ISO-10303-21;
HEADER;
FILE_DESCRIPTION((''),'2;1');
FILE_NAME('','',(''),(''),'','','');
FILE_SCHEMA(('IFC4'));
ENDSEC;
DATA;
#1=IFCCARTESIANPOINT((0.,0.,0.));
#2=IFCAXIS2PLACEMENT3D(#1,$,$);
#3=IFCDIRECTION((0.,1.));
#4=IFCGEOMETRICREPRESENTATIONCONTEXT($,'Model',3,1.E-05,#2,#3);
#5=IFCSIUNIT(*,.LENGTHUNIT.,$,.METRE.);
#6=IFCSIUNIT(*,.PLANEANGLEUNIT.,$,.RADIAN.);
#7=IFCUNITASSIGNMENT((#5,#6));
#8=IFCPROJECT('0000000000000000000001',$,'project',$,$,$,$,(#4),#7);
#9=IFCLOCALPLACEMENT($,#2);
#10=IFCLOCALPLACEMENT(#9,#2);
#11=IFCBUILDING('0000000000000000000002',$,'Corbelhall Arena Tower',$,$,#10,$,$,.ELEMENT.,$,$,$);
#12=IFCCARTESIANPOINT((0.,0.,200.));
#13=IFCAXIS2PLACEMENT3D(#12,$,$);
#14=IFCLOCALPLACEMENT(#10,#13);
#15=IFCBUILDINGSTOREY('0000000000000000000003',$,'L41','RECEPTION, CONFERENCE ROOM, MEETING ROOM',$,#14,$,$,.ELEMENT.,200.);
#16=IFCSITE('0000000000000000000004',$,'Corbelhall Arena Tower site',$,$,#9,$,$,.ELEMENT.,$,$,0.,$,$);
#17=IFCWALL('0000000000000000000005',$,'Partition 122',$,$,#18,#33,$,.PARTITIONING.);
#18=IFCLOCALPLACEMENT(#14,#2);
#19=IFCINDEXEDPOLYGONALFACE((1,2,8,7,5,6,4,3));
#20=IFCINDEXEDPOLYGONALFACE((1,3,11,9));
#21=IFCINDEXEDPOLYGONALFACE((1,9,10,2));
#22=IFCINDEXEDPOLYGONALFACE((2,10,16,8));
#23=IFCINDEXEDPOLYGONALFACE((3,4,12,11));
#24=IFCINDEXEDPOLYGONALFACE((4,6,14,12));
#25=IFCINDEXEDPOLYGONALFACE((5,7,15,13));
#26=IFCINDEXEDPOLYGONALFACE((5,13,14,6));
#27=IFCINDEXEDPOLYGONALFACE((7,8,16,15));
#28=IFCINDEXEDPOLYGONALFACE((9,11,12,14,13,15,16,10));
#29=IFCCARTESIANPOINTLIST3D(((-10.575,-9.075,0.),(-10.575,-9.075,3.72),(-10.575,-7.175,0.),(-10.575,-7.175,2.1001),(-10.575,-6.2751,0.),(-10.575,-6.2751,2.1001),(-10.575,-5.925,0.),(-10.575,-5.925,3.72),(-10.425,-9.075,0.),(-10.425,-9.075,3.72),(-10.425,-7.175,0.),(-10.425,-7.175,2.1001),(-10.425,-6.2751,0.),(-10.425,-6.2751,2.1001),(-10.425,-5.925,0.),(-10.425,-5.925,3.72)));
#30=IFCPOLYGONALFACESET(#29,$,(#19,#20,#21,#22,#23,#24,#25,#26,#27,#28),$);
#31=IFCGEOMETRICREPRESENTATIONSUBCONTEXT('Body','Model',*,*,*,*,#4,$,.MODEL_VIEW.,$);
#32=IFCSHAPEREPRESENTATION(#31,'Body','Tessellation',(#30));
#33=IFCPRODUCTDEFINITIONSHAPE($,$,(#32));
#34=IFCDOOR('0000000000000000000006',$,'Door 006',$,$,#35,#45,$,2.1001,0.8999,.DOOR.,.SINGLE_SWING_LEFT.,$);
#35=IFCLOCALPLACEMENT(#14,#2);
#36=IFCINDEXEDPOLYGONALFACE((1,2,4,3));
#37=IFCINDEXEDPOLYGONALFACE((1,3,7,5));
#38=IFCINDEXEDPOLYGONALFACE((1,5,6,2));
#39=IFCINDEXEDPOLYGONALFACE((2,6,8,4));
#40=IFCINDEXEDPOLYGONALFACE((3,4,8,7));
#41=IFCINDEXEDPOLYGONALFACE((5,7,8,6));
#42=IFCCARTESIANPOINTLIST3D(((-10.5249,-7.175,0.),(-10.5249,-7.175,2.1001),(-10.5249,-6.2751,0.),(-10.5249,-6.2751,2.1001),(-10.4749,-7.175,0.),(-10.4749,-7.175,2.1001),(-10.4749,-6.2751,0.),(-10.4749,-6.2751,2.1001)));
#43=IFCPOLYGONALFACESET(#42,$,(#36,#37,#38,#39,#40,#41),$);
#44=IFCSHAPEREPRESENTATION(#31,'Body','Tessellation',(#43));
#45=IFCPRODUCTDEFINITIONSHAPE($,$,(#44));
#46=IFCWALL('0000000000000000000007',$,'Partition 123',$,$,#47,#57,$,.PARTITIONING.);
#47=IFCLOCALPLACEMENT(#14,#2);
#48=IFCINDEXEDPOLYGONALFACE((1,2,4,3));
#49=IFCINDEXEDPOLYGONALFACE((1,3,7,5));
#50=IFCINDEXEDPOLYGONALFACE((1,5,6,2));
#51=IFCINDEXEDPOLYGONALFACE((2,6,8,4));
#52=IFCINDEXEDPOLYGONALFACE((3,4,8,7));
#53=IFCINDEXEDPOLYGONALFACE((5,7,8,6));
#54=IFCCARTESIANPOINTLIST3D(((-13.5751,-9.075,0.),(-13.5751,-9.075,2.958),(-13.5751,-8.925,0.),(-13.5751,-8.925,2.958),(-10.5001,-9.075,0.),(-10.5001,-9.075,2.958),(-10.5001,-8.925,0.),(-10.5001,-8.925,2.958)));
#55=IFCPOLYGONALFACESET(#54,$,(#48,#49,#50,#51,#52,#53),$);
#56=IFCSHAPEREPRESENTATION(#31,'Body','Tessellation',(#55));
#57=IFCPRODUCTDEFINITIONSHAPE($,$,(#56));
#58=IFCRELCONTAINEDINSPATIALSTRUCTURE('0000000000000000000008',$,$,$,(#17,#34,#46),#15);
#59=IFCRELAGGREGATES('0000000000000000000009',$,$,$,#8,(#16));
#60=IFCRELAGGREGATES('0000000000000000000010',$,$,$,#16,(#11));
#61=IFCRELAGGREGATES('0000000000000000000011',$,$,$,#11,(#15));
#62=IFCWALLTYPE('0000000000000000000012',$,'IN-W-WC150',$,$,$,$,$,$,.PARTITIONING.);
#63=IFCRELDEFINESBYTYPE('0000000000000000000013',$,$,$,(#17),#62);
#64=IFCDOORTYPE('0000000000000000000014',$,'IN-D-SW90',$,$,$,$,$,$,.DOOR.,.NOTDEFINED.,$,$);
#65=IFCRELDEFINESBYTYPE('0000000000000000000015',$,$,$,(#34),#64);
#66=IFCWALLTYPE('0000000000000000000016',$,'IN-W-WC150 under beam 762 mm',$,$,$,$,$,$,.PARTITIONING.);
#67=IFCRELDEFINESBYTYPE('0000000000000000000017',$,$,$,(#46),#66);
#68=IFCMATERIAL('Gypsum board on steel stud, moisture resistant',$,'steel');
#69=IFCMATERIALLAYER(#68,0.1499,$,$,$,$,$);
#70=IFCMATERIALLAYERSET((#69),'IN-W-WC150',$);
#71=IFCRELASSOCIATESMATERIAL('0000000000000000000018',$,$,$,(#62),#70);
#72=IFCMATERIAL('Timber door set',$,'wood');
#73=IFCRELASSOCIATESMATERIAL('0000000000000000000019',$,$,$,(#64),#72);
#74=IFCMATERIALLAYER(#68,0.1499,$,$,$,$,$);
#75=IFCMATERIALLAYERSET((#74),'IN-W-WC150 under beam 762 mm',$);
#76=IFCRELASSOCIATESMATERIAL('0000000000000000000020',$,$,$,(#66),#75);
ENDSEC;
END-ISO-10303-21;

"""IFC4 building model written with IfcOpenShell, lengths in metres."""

from ifc_helpers import new_model, si_unit, direction, frame, frame_2d, origin, place, context, subcontext, project, spatial, rectangle, extrude, material, layer, layer_set, type_object, element, fill, save


model = new_model("IFC4")

# Units and contexts
model_context = context("Model", 3, precision=1e-05, world=origin(), true_north=direction((0.0, 1.0)))
body_context = subcontext(model_context, "Body", "Model", "MODEL_VIEW")
ifc_project = project(units=[si_unit("LENGTHUNIT", "METRE"), si_unit("PLANEANGLEUNIT", "RADIAN")], contexts=[model_context])

# Site, building, storey
site_placement = place(None, origin())
site = spatial("IfcSite", under=ifc_project, at=site_placement, Name="Corbelhall Arena Tower site", CompositionType="ELEMENT", RefElevation=0.0)
building_placement = place(site_placement, origin())
building = spatial("IfcBuilding", under=site, at=building_placement, Name="Corbelhall Arena Tower", CompositionType="ELEMENT")
storey_placement = place(building_placement, frame((0.0, 0.0, 200.0)))
storey = spatial("IfcBuildingStorey", under=building, at=storey_placement, Name="L41", Description="RECEPTION, CONFERENCE ROOM, MEETING ROOM", CompositionType="ELEMENT", Elevation=200.0)

# Shared definitions
ifc_material_1 = material(Name="Gypsum board on steel stud, moisture resistant", Category="steel")
ifc_layer_1 = layer(ifc_material_1, 0.1499)
ifc_layer_set_1 = layer_set([ifc_layer_1], Name="IN-W-WC150")
wall_type_1 = type_object("IfcWallType", Name="IN-W-WC150", PredefinedType="PARTITIONING", material=ifc_layer_set_1)

# Wall, opening, door
wall_1_placement = place(storey_placement, frame((-10.5, -9.075, 0.0), z_axis=(0.0, 0.0, 1.0), x_axis=(0.0, 1.0, 0.0)))
wall_1 = element("IfcWall", 1, at=wall_1_placement, inside=storey, type_object=wall_type_1, Name="Partition 122", PredefinedType="PARTITIONING", context=body_context, shape_type="SweptSolid", body=[
    extrude(rectangle(XDim=3.1499, YDim=0.1499, at=frame_2d((1.575, 0.0))), origin(), (0.0, 0.0, 1.0), 3.72),
])
opening_1_placement = place(wall_1_placement, frame((1.8999, 0.0, 0.0)))
opening_1 = element("IfcOpeningElement", 2, at=opening_1_placement, cuts=wall_1, PredefinedType="OPENING", context=body_context, shape_type="SweptSolid", body=[
    extrude(rectangle(XDim=0.8999, YDim=2.1001, at=frame_2d((0.45, 1.05))), frame((0.0, 0.075, 0.0), z_axis=(0.0, -1.0, 0.0), x_axis=(1.0, 0.0, 0.0)), (0.0, 0.0, 1.0), 0.1499),
])
ifc_material_2 = material(Name="Timber door set", Category="wood")
door_type_1 = type_object("IfcDoorType", Name="IN-D-SW90", OperationType="NOTDEFINED", PredefinedType="DOOR", material=ifc_material_2)
door_1_placement = place(opening_1_placement, origin())
door_1 = element("IfcDoor", 3, at=door_1_placement, inside=storey, type_object=door_type_1, Name="Door 006", OperationType="SINGLE_SWING_LEFT", OverallHeight=2.1001, OverallWidth=0.8999, PredefinedType="DOOR", context=body_context, shape_type="SweptSolid", body=[
    extrude(rectangle(XDim=0.8999, YDim=2.1001, at=frame_2d((0.45, 1.05))), frame((0.0, 0.0249, 0.0), z_axis=(0.0, -1.0, 0.0), x_axis=(1.0, 0.0, 0.0)), (0.0, 0.0, 1.0), 0.05),
])
fill(opening_1, door_1)

# Wall
ifc_layer_2 = layer(ifc_material_1, 0.1499)
ifc_layer_set_2 = layer_set([ifc_layer_2], Name="IN-W-WC150 under beam 762 mm")
wall_type_2 = type_object("IfcWallType", Name="IN-W-WC150 under beam 762 mm", PredefinedType="PARTITIONING", material=ifc_layer_set_2)
wall_2_placement = place(storey_placement, frame((-10.5, -9.0, 0.0), z_axis=(0.0, 0.0, 1.0), x_axis=(-1.0, 0.0, 0.0)))
element("IfcWall", 4, at=wall_2_placement, inside=storey, type_object=wall_type_2, Name="Partition 123", PredefinedType="PARTITIONING", context=body_context, shape_type="SweptSolid", body=[
    extrude(rectangle(XDim=3.075, YDim=0.1499, at=frame_2d((1.5376, 0.0))), origin(), (0.0, 0.0, 1.0), 2.958),
])

save(model, "model.ifc")
